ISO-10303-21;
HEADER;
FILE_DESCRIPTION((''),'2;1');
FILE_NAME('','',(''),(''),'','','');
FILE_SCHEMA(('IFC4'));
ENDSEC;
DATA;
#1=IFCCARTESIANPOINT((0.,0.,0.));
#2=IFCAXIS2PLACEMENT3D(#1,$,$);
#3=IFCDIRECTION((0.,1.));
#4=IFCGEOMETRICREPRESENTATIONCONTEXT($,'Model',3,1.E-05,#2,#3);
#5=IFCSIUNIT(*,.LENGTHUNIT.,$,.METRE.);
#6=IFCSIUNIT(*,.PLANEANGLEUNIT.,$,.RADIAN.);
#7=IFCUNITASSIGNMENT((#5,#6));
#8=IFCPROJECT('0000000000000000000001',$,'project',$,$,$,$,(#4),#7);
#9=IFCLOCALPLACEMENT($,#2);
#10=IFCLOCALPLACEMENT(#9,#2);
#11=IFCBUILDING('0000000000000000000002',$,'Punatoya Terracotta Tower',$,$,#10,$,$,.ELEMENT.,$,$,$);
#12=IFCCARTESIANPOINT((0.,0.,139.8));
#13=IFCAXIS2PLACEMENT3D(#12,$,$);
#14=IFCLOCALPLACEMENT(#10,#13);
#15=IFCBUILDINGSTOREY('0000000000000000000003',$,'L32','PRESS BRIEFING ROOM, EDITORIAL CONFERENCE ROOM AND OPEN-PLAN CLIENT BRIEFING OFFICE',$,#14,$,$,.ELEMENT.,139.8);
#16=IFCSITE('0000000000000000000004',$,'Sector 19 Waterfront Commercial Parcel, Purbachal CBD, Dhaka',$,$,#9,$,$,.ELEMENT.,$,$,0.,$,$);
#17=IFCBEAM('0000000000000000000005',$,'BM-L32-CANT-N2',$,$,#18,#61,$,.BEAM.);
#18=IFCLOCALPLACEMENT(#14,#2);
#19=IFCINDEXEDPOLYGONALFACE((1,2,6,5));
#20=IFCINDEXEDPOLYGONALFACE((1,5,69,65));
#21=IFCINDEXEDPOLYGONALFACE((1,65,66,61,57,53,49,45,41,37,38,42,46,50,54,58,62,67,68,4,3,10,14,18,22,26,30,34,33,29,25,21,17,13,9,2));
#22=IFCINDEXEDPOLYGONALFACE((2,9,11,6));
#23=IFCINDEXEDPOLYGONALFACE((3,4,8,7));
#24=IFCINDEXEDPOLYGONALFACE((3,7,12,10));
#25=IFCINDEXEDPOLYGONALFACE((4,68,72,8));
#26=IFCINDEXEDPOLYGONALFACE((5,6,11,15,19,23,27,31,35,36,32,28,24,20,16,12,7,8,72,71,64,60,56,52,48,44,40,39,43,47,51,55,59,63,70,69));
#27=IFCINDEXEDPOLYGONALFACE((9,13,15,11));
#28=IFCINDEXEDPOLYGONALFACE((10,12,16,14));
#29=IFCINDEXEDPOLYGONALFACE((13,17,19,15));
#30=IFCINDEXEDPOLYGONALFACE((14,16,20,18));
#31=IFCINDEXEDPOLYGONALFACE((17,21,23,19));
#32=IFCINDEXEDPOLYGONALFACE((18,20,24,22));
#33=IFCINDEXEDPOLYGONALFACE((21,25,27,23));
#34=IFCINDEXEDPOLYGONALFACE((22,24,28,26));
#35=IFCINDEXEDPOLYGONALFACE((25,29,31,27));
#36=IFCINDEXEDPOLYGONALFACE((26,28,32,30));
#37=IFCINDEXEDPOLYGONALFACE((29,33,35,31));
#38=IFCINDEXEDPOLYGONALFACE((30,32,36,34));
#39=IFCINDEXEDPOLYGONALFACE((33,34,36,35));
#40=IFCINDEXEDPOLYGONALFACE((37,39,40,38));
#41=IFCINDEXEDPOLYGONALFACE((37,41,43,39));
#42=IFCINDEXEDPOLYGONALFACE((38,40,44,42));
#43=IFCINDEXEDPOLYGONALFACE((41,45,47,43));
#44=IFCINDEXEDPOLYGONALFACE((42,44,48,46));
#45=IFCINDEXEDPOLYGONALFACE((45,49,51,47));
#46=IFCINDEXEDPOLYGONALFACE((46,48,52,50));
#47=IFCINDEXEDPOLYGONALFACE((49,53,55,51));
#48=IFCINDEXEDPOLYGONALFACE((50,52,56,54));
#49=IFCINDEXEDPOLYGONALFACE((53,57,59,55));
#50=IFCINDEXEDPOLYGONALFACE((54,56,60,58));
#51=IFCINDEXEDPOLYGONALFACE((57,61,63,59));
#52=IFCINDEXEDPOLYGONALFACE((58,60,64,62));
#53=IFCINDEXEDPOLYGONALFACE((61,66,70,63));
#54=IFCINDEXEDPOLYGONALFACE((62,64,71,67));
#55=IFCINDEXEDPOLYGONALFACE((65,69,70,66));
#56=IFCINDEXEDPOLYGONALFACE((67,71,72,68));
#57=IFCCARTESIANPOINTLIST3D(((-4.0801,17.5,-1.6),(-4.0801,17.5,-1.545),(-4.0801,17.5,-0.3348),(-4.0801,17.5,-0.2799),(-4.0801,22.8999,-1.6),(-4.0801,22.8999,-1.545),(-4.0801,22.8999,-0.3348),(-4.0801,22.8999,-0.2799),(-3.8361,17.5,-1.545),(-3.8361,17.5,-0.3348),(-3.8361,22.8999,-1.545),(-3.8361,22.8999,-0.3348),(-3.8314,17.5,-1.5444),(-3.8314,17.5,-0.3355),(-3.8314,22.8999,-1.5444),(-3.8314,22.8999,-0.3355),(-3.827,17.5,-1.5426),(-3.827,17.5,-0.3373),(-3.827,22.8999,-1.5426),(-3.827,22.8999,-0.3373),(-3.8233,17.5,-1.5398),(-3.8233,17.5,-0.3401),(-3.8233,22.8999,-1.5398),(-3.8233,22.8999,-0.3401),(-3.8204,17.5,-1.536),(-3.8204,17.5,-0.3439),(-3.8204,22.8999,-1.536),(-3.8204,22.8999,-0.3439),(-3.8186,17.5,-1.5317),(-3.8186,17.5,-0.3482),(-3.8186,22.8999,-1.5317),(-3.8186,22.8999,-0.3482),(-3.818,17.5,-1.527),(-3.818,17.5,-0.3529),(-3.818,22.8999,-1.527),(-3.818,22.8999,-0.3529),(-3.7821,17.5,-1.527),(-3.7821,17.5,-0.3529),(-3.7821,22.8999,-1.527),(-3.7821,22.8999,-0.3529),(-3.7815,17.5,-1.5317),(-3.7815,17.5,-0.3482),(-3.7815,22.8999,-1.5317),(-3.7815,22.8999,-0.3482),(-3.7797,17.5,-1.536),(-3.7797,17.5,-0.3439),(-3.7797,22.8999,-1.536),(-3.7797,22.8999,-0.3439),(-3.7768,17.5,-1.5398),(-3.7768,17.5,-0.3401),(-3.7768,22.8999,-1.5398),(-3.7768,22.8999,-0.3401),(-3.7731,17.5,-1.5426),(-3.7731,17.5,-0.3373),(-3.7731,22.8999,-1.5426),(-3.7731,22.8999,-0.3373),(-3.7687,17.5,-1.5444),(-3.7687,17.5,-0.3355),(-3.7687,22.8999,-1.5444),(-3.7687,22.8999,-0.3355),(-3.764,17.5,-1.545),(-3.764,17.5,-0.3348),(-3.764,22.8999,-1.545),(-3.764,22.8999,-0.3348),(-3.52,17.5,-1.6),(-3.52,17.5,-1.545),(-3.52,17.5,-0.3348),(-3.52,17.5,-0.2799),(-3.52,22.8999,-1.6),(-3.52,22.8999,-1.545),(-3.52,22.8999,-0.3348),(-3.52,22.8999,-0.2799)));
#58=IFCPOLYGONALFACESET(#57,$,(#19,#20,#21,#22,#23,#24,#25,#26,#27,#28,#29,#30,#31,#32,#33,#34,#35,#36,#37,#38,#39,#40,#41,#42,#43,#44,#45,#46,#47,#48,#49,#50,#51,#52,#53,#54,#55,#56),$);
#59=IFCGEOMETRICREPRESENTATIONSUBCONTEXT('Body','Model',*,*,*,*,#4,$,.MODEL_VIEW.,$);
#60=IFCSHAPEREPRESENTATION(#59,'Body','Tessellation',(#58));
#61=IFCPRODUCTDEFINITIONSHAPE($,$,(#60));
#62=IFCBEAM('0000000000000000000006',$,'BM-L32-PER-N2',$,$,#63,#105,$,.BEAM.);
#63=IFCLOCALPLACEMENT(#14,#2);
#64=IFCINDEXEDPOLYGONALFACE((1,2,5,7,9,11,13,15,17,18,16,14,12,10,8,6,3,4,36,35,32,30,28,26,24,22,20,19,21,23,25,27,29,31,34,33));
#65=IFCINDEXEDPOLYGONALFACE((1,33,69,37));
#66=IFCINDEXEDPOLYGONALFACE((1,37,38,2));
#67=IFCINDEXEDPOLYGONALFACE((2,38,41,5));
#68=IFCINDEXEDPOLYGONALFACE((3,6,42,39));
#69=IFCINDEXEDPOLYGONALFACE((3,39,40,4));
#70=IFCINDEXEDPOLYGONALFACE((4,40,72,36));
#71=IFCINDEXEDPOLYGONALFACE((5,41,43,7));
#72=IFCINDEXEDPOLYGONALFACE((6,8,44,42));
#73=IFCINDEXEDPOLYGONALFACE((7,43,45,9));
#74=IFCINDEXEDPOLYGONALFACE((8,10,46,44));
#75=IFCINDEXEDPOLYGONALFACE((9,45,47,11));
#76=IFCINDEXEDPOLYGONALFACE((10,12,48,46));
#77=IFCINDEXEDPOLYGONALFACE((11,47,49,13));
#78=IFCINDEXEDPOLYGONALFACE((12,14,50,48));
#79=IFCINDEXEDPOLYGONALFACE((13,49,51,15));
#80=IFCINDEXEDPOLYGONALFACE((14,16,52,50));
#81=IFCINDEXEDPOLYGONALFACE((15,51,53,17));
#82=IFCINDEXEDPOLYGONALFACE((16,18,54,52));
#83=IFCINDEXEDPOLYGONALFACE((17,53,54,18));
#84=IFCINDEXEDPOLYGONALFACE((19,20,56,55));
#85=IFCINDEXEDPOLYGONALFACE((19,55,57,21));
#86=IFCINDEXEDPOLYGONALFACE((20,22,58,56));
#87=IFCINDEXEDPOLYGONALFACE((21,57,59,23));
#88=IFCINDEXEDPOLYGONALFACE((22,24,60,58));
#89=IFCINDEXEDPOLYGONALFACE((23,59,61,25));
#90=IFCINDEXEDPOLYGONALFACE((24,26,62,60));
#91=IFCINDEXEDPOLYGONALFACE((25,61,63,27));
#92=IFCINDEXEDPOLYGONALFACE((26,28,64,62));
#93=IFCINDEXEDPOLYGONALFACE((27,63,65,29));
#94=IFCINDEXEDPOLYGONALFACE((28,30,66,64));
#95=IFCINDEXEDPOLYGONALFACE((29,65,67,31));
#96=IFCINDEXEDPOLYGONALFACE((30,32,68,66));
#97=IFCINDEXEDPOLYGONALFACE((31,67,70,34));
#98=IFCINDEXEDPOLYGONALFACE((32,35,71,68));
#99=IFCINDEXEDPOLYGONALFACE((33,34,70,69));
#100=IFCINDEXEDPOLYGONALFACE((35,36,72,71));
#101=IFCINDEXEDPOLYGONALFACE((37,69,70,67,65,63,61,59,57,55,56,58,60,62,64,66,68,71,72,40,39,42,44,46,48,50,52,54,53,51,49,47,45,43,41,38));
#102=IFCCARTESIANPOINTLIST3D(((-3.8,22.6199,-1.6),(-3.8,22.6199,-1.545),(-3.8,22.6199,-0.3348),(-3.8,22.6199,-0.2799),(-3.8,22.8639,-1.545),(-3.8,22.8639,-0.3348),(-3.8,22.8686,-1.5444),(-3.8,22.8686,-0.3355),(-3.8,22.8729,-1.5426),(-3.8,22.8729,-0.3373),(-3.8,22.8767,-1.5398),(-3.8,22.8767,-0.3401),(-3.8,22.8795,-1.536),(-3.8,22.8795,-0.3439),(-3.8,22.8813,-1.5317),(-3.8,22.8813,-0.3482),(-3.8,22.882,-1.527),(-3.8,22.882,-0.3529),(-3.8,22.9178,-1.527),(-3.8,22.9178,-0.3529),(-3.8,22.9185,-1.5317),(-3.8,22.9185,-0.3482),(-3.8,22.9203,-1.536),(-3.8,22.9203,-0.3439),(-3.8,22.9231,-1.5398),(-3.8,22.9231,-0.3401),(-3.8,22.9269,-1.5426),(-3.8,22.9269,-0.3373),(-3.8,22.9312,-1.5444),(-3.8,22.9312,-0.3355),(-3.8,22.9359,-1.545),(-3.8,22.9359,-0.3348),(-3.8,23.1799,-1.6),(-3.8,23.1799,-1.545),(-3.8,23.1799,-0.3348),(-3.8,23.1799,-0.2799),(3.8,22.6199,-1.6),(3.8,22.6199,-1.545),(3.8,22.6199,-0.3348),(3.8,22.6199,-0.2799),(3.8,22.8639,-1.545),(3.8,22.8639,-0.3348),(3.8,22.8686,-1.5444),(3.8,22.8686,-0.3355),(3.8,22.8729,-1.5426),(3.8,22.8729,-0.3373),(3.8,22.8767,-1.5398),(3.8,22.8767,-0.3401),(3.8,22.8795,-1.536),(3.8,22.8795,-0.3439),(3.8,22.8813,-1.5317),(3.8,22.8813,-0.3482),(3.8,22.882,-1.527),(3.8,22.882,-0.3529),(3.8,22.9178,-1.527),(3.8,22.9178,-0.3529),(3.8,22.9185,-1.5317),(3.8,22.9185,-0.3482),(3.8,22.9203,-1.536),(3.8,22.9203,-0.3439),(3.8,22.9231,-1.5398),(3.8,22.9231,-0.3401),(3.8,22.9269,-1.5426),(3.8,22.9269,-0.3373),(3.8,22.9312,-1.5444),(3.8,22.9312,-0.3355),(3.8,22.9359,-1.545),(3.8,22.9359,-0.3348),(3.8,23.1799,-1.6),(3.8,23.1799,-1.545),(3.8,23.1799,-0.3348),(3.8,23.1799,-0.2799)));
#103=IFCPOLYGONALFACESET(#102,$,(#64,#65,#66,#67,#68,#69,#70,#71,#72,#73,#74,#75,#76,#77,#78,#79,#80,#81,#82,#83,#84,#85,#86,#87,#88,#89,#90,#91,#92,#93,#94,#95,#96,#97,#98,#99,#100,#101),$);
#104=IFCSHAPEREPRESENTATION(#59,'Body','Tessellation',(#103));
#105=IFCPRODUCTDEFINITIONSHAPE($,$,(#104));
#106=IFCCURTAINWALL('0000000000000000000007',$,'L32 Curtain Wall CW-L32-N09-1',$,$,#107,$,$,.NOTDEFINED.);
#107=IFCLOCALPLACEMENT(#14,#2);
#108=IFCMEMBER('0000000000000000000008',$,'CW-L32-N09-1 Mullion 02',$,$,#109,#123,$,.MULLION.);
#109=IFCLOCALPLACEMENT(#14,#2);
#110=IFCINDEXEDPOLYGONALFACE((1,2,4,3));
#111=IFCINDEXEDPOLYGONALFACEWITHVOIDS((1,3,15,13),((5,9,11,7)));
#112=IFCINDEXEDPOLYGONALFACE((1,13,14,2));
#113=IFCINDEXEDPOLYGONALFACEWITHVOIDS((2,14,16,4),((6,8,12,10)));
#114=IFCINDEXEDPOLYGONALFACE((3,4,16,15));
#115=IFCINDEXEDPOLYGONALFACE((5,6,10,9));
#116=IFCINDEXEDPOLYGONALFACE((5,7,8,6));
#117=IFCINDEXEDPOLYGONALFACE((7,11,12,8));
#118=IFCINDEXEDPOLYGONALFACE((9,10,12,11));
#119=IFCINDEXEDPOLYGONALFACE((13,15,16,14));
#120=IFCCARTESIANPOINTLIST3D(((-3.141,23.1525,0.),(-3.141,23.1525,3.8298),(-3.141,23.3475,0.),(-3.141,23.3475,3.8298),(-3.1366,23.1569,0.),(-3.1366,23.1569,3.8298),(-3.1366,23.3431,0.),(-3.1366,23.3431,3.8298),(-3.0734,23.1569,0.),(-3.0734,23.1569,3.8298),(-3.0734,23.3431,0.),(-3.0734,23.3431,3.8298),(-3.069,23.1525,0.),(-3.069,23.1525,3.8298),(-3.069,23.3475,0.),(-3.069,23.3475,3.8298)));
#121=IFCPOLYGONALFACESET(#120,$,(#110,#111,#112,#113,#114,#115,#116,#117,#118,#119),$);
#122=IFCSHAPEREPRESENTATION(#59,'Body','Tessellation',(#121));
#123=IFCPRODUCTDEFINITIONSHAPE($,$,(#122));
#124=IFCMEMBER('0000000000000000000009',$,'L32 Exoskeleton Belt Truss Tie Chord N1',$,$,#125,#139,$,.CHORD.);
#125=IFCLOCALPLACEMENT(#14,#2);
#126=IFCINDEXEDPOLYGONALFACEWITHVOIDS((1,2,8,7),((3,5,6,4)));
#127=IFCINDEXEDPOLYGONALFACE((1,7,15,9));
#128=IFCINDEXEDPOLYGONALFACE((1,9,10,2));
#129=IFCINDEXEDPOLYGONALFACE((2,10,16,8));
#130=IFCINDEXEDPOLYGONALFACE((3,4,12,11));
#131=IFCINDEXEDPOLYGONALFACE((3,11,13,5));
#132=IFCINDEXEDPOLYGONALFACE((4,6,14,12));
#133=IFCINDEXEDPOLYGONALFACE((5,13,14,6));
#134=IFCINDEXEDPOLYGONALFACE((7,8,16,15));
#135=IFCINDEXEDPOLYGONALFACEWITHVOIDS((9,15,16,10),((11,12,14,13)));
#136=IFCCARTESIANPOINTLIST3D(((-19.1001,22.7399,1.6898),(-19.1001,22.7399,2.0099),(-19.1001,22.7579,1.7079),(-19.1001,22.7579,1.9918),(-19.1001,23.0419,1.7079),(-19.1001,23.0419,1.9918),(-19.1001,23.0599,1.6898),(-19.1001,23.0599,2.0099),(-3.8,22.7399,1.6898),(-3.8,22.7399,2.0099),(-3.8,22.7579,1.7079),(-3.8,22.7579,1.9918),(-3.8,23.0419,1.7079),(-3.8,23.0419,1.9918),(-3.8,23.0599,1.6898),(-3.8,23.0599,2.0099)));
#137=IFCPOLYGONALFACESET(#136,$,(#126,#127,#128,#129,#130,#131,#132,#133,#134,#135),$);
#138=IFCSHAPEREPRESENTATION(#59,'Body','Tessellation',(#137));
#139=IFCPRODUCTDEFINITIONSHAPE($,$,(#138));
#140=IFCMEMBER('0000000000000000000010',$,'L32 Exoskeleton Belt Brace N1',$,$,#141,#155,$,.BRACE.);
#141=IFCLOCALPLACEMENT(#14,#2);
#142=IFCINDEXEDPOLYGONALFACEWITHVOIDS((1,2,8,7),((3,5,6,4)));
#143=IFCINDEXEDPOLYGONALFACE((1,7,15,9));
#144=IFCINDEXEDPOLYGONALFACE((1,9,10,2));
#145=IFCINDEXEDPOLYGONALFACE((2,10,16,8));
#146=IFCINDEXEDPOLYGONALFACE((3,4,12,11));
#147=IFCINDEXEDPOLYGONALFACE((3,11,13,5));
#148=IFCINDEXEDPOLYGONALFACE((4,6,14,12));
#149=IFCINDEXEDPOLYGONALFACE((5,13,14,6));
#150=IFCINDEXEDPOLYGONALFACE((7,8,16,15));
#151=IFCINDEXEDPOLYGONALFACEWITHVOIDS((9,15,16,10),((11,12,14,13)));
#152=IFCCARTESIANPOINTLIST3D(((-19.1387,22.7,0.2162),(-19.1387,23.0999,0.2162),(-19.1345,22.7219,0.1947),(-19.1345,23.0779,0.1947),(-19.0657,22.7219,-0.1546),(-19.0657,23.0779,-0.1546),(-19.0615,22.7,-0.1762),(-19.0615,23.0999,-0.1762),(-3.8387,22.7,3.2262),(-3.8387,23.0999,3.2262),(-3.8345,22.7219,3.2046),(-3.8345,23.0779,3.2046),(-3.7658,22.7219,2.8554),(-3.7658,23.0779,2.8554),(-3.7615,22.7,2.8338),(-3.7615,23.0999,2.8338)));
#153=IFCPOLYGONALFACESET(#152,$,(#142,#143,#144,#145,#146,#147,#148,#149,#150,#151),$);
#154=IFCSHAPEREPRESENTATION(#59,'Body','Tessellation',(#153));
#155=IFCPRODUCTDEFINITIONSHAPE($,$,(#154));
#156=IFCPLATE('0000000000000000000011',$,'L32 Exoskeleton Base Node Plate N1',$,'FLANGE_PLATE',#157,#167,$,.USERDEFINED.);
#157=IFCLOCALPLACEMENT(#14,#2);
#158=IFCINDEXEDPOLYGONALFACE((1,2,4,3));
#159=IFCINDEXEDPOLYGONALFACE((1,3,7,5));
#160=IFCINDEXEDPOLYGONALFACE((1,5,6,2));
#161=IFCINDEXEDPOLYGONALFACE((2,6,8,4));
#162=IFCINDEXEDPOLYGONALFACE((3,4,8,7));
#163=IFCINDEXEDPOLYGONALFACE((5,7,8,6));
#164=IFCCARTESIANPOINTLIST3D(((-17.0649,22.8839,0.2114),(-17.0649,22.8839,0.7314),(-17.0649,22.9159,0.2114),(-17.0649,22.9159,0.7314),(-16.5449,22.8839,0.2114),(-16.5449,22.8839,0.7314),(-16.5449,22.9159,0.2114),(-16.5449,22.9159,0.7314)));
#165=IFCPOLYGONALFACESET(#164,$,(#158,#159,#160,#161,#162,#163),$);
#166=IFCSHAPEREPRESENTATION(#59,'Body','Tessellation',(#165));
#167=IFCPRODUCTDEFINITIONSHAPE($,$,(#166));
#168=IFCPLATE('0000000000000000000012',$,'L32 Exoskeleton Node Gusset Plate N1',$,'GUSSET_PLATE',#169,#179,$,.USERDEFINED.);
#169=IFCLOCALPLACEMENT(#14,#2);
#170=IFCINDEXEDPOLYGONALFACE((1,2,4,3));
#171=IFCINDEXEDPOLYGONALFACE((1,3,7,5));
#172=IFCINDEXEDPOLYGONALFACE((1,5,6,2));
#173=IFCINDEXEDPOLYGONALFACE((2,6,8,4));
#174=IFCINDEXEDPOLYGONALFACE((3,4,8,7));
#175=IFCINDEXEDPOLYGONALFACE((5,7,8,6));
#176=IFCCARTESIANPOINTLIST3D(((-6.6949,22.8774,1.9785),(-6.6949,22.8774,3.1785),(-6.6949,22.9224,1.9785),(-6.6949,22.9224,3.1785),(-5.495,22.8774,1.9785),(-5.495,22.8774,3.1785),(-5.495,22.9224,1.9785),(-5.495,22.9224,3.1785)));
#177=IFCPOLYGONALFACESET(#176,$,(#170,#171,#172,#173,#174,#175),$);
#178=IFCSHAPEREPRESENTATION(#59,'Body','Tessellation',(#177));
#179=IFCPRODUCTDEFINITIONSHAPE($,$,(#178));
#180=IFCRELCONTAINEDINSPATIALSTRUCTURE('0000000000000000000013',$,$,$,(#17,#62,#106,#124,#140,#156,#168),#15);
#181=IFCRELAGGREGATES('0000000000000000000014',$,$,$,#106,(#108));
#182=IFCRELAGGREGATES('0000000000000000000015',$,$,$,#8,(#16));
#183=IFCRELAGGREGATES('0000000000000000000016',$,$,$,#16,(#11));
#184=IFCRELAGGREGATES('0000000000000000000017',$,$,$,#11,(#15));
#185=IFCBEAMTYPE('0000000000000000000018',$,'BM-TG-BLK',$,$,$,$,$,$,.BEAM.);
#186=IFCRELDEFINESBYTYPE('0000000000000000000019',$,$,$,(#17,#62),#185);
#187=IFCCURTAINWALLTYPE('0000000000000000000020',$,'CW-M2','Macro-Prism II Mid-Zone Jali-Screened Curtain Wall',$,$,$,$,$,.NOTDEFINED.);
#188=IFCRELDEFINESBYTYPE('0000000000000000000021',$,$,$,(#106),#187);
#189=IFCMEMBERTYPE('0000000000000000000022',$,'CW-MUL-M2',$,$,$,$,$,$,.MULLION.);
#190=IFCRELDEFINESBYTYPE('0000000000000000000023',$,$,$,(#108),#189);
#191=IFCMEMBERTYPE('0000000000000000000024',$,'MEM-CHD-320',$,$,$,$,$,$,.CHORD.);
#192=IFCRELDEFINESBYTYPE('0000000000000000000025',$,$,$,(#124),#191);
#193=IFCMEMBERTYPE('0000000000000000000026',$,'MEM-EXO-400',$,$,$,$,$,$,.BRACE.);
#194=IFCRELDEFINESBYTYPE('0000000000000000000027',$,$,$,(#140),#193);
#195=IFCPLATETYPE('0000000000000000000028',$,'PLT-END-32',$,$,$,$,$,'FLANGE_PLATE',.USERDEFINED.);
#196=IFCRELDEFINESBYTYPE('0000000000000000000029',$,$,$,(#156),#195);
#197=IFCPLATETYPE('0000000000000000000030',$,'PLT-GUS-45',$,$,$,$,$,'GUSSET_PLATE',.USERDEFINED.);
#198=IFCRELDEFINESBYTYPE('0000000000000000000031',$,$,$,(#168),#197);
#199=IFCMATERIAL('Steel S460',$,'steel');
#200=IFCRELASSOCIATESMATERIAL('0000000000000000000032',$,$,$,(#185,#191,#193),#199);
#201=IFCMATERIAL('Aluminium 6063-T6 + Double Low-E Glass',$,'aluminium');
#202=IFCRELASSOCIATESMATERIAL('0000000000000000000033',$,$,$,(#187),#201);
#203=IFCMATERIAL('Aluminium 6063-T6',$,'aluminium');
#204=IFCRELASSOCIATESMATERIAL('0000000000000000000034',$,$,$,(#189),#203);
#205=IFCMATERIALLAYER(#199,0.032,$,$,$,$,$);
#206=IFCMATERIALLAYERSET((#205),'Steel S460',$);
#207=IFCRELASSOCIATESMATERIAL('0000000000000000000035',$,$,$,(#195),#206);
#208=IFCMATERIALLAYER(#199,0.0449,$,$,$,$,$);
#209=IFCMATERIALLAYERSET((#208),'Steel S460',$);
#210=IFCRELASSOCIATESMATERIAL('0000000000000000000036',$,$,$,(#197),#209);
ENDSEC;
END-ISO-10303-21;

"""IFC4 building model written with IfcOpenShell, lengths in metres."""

from ifc_helpers import new_model, si_unit, direction, frame, origin, origin_2d, place, context, subcontext, project, spatial, rectangle, hollow_rectangle, i_section, extrude, material, layer, layer_set, material_profile, profile_set, type_object, element, aggregate, save


model = new_model("IFC4")

# Units and contexts
model_context = context("Model", 3, precision=1e-05, world=origin(), true_north=direction((0.0, 1.0)))
body_context = subcontext(model_context, "Body", "Model", "MODEL_VIEW")
ifc_project = project(units=[si_unit("LENGTHUNIT", "METRE"), si_unit("PLANEANGLEUNIT", "RADIAN")], contexts=[model_context])

# Site, building, storey
site_placement = place(None, origin())
site = spatial("IfcSite", under=ifc_project, at=site_placement, Name="Sector 19 Waterfront Commercial Parcel, Purbachal CBD, Dhaka", CompositionType="ELEMENT", RefElevation=0.0)
building_placement = place(site_placement, origin())
building = spatial("IfcBuilding", under=site, at=building_placement, Name="Punatoya Terracotta Tower", CompositionType="ELEMENT")
storey_placement = place(building_placement, frame((0.0, 0.0, 139.8)))
storey = spatial("IfcBuildingStorey", under=building, at=storey_placement, Name="L32", Description="PRESS BRIEFING ROOM, EDITORIAL CONFERENCE ROOM AND OPEN-PLAN CLIENT BRIEFING OFFICE", CompositionType="ELEMENT", Elevation=139.8)

# Shared definitions
ifc_material_1 = material(Name="Steel S460", Category="steel")

# Beams
ifc_material_profile_1 = material_profile(ifc_material_1, i_section(OverallWidth=0.5601, OverallDepth=1.3201, WebThickness=0.0359, FlangeThickness=0.0549, FilletRadius=0.0181, at=origin_2d()))
ifc_profile_set_1 = profile_set([ifc_material_profile_1], Name="Steel S460")
beam_type = type_object("IfcBeamType", Name="BM-TG-BLK", PredefinedType="BEAM", material=ifc_profile_set_1)
beam_1_placement = place(storey_placement, frame((-3.8, 17.5, -0.9399), z_axis=(0.0, 1.0, 0.0), x_axis=(-1.0, 0.0, 0.0)))
element("IfcBeam", 1, at=beam_1_placement, inside=storey, type_object=beam_type, Name="BM-L32-CANT-N2", PredefinedType="BEAM", context=body_context, shape_type="SweptSolid", body=[
    extrude(i_section(OverallWidth=0.5601, OverallDepth=1.3201, WebThickness=0.0359, FlangeThickness=0.0549, FilletRadius=0.0181, at=origin_2d()), origin(), (0.0, 0.0, 1.0), 5.3999),
])
beam_2_placement = place(storey_placement, frame((-3.8, 22.8999, -0.9399), z_axis=(1.0, 0.0, 0.0), x_axis=(0.0, 1.0, 0.0)))
element("IfcBeam", 2, at=beam_2_placement, inside=storey, type_object=beam_type, Name="BM-L32-PER-N2", PredefinedType="BEAM", context=body_context, shape_type="SweptSolid", body=[
    extrude(i_section(OverallWidth=0.5601, OverallDepth=1.3201, WebThickness=0.0359, FlangeThickness=0.0549, FilletRadius=0.0181, at=origin_2d()), origin(), (0.0, 0.0, 1.0), 7.6001),
])

# Curtain wall, member
ifc_material_2 = material(Name="Aluminium 6063-T6 + Double Low-E Glass", Category="aluminium")
curtain_wall_type = type_object("IfcCurtainWallType", Name="CW-M2", Description="Macro-Prism II Mid-Zone Jali-Screened Curtain Wall", PredefinedType="NOTDEFINED", material=ifc_material_2)
curtain_wall_placement = place(storey_placement, origin())
curtain_wall = element("IfcCurtainWall", 3, at=curtain_wall_placement, inside=storey, type_object=curtain_wall_type, Name="L32 Curtain Wall CW-L32-N09-1", PredefinedType="NOTDEFINED")
ifc_material_3 = material(Name="Aluminium 6063-T6", Category="aluminium")
ifc_material_profile_2 = material_profile(ifc_material_3, hollow_rectangle(XDim=0.072, YDim=0.1951, WallThickness=0.0044, at=origin_2d()))
ifc_profile_set_2 = profile_set([ifc_material_profile_2], Name="Aluminium 6063-T6")
member_type_1 = type_object("IfcMemberType", Name="CW-MUL-M2", PredefinedType="MULLION", material=ifc_profile_set_2)
member_1_placement = place(storey_placement, frame((-3.105, 23.25, 0.0), z_axis=(0.0, 0.0, 1.0), x_axis=(1.0, 0.0, 0.0)))
member_1 = element("IfcMember", 4, at=member_1_placement, type_object=member_type_1, Name="CW-L32-N09-1 Mullion 02", PredefinedType="MULLION", context=body_context, shape_type="SweptSolid", body=[
    extrude(hollow_rectangle(XDim=0.072, YDim=0.1951, WallThickness=0.0044, at=origin_2d()), origin(), (0.0, 0.0, 1.0), 3.8298),
])
aggregate(curtain_wall, [member_1])

# Members
ifc_material_profile_3 = material_profile(ifc_material_1, hollow_rectangle(XDim=0.3201, YDim=0.3201, WallThickness=0.0181, at=origin_2d()))
ifc_profile_set_3 = profile_set([ifc_material_profile_3], Name="Steel S460")
member_type_2 = type_object("IfcMemberType", Name="MEM-CHD-320", PredefinedType="CHORD", material=ifc_profile_set_3)
member_2_placement = place(storey_placement, frame((-19.1001, 22.8999, 1.8499), z_axis=(1.0, 0.0, 0.0), x_axis=(0.0, 1.0, 0.0)))
element("IfcMember", 5, at=member_2_placement, inside=storey, type_object=member_type_2, Name="L32 Exoskeleton Belt Truss Tie Chord N1", PredefinedType="CHORD", context=body_context, shape_type="SweptSolid", body=[
    extrude(hollow_rectangle(XDim=0.3201, YDim=0.3201, WallThickness=0.0181, at=origin_2d()), origin(), (0.0, 0.0, 1.0), 15.3),
])
ifc_material_profile_4 = material_profile(ifc_material_1, hollow_rectangle(XDim=0.3999, YDim=0.3999, WallThickness=0.022, at=origin_2d()))
ifc_profile_set_4 = profile_set([ifc_material_profile_4], Name="Steel S460")
member_type_3 = type_object("IfcMemberType", Name="MEM-EXO-400", PredefinedType="BRACE", material=ifc_profile_set_4)
member_3_placement = place(storey_placement, frame((-19.1001, 22.8999, 0.02), z_axis=(0.981192, 0.0, 0.193032), x_axis=(0.0, 1.0, 0.0)))
element("IfcMember", 6, at=member_3_placement, inside=storey, type_object=member_type_3, Name="L32 Exoskeleton Belt Brace N1", PredefinedType="BRACE", context=body_context, shape_type="SweptSolid", body=[
    extrude(hollow_rectangle(XDim=0.3999, YDim=0.3999, WallThickness=0.022, at=origin_2d()), origin(), (0.0, 0.0, 1.0), 15.5933),
])

# Plates
ifc_layer_1 = layer(ifc_material_1, 0.032)
ifc_layer_set_1 = layer_set([ifc_layer_1], Name="Steel S460")
plate_type_1 = type_object("IfcPlateType", Name="PLT-END-32", ElementType="FLANGE_PLATE", PredefinedType="USERDEFINED", material=ifc_layer_set_1)
plate_1_placement = place(storey_placement, frame((-16.8049, 22.8999, 0.2114), z_axis=(0.0, 0.0, 1.0), x_axis=(1.0, 0.0, 0.0)))
element("IfcPlate", 7, at=plate_1_placement, inside=storey, type_object=plate_type_1, Name="L32 Exoskeleton Base Node Plate N1", ObjectType="FLANGE_PLATE", PredefinedType="USERDEFINED", context=body_context, shape_type="SweptSolid", body=[
    extrude(rectangle(XDim=0.52, YDim=0.032, at=origin_2d()), origin(), (0.0, 0.0, 1.0), 0.52),
])
ifc_layer_2 = layer(ifc_material_1, 0.0449)
ifc_layer_set_2 = layer_set([ifc_layer_2], Name="Steel S460")
plate_type_2 = type_object("IfcPlateType", Name="PLT-GUS-45", ElementType="GUSSET_PLATE", PredefinedType="USERDEFINED", material=ifc_layer_set_2)
plate_2_placement = place(storey_placement, frame((-6.095, 22.8999, 1.9785), z_axis=(0.0, 0.0, 1.0), x_axis=(1.0, 0.0, 0.0)))
element("IfcPlate", 8, at=plate_2_placement, inside=storey, type_object=plate_type_2, Name="L32 Exoskeleton Node Gusset Plate N1", ObjectType="GUSSET_PLATE", PredefinedType="USERDEFINED", context=body_context, shape_type="SweptSolid", body=[
    extrude(rectangle(XDim=1.2, YDim=0.0449, at=origin_2d()), origin(), (0.0, 0.0, 1.0), 1.2),
])

save(model, "model.ifc")
